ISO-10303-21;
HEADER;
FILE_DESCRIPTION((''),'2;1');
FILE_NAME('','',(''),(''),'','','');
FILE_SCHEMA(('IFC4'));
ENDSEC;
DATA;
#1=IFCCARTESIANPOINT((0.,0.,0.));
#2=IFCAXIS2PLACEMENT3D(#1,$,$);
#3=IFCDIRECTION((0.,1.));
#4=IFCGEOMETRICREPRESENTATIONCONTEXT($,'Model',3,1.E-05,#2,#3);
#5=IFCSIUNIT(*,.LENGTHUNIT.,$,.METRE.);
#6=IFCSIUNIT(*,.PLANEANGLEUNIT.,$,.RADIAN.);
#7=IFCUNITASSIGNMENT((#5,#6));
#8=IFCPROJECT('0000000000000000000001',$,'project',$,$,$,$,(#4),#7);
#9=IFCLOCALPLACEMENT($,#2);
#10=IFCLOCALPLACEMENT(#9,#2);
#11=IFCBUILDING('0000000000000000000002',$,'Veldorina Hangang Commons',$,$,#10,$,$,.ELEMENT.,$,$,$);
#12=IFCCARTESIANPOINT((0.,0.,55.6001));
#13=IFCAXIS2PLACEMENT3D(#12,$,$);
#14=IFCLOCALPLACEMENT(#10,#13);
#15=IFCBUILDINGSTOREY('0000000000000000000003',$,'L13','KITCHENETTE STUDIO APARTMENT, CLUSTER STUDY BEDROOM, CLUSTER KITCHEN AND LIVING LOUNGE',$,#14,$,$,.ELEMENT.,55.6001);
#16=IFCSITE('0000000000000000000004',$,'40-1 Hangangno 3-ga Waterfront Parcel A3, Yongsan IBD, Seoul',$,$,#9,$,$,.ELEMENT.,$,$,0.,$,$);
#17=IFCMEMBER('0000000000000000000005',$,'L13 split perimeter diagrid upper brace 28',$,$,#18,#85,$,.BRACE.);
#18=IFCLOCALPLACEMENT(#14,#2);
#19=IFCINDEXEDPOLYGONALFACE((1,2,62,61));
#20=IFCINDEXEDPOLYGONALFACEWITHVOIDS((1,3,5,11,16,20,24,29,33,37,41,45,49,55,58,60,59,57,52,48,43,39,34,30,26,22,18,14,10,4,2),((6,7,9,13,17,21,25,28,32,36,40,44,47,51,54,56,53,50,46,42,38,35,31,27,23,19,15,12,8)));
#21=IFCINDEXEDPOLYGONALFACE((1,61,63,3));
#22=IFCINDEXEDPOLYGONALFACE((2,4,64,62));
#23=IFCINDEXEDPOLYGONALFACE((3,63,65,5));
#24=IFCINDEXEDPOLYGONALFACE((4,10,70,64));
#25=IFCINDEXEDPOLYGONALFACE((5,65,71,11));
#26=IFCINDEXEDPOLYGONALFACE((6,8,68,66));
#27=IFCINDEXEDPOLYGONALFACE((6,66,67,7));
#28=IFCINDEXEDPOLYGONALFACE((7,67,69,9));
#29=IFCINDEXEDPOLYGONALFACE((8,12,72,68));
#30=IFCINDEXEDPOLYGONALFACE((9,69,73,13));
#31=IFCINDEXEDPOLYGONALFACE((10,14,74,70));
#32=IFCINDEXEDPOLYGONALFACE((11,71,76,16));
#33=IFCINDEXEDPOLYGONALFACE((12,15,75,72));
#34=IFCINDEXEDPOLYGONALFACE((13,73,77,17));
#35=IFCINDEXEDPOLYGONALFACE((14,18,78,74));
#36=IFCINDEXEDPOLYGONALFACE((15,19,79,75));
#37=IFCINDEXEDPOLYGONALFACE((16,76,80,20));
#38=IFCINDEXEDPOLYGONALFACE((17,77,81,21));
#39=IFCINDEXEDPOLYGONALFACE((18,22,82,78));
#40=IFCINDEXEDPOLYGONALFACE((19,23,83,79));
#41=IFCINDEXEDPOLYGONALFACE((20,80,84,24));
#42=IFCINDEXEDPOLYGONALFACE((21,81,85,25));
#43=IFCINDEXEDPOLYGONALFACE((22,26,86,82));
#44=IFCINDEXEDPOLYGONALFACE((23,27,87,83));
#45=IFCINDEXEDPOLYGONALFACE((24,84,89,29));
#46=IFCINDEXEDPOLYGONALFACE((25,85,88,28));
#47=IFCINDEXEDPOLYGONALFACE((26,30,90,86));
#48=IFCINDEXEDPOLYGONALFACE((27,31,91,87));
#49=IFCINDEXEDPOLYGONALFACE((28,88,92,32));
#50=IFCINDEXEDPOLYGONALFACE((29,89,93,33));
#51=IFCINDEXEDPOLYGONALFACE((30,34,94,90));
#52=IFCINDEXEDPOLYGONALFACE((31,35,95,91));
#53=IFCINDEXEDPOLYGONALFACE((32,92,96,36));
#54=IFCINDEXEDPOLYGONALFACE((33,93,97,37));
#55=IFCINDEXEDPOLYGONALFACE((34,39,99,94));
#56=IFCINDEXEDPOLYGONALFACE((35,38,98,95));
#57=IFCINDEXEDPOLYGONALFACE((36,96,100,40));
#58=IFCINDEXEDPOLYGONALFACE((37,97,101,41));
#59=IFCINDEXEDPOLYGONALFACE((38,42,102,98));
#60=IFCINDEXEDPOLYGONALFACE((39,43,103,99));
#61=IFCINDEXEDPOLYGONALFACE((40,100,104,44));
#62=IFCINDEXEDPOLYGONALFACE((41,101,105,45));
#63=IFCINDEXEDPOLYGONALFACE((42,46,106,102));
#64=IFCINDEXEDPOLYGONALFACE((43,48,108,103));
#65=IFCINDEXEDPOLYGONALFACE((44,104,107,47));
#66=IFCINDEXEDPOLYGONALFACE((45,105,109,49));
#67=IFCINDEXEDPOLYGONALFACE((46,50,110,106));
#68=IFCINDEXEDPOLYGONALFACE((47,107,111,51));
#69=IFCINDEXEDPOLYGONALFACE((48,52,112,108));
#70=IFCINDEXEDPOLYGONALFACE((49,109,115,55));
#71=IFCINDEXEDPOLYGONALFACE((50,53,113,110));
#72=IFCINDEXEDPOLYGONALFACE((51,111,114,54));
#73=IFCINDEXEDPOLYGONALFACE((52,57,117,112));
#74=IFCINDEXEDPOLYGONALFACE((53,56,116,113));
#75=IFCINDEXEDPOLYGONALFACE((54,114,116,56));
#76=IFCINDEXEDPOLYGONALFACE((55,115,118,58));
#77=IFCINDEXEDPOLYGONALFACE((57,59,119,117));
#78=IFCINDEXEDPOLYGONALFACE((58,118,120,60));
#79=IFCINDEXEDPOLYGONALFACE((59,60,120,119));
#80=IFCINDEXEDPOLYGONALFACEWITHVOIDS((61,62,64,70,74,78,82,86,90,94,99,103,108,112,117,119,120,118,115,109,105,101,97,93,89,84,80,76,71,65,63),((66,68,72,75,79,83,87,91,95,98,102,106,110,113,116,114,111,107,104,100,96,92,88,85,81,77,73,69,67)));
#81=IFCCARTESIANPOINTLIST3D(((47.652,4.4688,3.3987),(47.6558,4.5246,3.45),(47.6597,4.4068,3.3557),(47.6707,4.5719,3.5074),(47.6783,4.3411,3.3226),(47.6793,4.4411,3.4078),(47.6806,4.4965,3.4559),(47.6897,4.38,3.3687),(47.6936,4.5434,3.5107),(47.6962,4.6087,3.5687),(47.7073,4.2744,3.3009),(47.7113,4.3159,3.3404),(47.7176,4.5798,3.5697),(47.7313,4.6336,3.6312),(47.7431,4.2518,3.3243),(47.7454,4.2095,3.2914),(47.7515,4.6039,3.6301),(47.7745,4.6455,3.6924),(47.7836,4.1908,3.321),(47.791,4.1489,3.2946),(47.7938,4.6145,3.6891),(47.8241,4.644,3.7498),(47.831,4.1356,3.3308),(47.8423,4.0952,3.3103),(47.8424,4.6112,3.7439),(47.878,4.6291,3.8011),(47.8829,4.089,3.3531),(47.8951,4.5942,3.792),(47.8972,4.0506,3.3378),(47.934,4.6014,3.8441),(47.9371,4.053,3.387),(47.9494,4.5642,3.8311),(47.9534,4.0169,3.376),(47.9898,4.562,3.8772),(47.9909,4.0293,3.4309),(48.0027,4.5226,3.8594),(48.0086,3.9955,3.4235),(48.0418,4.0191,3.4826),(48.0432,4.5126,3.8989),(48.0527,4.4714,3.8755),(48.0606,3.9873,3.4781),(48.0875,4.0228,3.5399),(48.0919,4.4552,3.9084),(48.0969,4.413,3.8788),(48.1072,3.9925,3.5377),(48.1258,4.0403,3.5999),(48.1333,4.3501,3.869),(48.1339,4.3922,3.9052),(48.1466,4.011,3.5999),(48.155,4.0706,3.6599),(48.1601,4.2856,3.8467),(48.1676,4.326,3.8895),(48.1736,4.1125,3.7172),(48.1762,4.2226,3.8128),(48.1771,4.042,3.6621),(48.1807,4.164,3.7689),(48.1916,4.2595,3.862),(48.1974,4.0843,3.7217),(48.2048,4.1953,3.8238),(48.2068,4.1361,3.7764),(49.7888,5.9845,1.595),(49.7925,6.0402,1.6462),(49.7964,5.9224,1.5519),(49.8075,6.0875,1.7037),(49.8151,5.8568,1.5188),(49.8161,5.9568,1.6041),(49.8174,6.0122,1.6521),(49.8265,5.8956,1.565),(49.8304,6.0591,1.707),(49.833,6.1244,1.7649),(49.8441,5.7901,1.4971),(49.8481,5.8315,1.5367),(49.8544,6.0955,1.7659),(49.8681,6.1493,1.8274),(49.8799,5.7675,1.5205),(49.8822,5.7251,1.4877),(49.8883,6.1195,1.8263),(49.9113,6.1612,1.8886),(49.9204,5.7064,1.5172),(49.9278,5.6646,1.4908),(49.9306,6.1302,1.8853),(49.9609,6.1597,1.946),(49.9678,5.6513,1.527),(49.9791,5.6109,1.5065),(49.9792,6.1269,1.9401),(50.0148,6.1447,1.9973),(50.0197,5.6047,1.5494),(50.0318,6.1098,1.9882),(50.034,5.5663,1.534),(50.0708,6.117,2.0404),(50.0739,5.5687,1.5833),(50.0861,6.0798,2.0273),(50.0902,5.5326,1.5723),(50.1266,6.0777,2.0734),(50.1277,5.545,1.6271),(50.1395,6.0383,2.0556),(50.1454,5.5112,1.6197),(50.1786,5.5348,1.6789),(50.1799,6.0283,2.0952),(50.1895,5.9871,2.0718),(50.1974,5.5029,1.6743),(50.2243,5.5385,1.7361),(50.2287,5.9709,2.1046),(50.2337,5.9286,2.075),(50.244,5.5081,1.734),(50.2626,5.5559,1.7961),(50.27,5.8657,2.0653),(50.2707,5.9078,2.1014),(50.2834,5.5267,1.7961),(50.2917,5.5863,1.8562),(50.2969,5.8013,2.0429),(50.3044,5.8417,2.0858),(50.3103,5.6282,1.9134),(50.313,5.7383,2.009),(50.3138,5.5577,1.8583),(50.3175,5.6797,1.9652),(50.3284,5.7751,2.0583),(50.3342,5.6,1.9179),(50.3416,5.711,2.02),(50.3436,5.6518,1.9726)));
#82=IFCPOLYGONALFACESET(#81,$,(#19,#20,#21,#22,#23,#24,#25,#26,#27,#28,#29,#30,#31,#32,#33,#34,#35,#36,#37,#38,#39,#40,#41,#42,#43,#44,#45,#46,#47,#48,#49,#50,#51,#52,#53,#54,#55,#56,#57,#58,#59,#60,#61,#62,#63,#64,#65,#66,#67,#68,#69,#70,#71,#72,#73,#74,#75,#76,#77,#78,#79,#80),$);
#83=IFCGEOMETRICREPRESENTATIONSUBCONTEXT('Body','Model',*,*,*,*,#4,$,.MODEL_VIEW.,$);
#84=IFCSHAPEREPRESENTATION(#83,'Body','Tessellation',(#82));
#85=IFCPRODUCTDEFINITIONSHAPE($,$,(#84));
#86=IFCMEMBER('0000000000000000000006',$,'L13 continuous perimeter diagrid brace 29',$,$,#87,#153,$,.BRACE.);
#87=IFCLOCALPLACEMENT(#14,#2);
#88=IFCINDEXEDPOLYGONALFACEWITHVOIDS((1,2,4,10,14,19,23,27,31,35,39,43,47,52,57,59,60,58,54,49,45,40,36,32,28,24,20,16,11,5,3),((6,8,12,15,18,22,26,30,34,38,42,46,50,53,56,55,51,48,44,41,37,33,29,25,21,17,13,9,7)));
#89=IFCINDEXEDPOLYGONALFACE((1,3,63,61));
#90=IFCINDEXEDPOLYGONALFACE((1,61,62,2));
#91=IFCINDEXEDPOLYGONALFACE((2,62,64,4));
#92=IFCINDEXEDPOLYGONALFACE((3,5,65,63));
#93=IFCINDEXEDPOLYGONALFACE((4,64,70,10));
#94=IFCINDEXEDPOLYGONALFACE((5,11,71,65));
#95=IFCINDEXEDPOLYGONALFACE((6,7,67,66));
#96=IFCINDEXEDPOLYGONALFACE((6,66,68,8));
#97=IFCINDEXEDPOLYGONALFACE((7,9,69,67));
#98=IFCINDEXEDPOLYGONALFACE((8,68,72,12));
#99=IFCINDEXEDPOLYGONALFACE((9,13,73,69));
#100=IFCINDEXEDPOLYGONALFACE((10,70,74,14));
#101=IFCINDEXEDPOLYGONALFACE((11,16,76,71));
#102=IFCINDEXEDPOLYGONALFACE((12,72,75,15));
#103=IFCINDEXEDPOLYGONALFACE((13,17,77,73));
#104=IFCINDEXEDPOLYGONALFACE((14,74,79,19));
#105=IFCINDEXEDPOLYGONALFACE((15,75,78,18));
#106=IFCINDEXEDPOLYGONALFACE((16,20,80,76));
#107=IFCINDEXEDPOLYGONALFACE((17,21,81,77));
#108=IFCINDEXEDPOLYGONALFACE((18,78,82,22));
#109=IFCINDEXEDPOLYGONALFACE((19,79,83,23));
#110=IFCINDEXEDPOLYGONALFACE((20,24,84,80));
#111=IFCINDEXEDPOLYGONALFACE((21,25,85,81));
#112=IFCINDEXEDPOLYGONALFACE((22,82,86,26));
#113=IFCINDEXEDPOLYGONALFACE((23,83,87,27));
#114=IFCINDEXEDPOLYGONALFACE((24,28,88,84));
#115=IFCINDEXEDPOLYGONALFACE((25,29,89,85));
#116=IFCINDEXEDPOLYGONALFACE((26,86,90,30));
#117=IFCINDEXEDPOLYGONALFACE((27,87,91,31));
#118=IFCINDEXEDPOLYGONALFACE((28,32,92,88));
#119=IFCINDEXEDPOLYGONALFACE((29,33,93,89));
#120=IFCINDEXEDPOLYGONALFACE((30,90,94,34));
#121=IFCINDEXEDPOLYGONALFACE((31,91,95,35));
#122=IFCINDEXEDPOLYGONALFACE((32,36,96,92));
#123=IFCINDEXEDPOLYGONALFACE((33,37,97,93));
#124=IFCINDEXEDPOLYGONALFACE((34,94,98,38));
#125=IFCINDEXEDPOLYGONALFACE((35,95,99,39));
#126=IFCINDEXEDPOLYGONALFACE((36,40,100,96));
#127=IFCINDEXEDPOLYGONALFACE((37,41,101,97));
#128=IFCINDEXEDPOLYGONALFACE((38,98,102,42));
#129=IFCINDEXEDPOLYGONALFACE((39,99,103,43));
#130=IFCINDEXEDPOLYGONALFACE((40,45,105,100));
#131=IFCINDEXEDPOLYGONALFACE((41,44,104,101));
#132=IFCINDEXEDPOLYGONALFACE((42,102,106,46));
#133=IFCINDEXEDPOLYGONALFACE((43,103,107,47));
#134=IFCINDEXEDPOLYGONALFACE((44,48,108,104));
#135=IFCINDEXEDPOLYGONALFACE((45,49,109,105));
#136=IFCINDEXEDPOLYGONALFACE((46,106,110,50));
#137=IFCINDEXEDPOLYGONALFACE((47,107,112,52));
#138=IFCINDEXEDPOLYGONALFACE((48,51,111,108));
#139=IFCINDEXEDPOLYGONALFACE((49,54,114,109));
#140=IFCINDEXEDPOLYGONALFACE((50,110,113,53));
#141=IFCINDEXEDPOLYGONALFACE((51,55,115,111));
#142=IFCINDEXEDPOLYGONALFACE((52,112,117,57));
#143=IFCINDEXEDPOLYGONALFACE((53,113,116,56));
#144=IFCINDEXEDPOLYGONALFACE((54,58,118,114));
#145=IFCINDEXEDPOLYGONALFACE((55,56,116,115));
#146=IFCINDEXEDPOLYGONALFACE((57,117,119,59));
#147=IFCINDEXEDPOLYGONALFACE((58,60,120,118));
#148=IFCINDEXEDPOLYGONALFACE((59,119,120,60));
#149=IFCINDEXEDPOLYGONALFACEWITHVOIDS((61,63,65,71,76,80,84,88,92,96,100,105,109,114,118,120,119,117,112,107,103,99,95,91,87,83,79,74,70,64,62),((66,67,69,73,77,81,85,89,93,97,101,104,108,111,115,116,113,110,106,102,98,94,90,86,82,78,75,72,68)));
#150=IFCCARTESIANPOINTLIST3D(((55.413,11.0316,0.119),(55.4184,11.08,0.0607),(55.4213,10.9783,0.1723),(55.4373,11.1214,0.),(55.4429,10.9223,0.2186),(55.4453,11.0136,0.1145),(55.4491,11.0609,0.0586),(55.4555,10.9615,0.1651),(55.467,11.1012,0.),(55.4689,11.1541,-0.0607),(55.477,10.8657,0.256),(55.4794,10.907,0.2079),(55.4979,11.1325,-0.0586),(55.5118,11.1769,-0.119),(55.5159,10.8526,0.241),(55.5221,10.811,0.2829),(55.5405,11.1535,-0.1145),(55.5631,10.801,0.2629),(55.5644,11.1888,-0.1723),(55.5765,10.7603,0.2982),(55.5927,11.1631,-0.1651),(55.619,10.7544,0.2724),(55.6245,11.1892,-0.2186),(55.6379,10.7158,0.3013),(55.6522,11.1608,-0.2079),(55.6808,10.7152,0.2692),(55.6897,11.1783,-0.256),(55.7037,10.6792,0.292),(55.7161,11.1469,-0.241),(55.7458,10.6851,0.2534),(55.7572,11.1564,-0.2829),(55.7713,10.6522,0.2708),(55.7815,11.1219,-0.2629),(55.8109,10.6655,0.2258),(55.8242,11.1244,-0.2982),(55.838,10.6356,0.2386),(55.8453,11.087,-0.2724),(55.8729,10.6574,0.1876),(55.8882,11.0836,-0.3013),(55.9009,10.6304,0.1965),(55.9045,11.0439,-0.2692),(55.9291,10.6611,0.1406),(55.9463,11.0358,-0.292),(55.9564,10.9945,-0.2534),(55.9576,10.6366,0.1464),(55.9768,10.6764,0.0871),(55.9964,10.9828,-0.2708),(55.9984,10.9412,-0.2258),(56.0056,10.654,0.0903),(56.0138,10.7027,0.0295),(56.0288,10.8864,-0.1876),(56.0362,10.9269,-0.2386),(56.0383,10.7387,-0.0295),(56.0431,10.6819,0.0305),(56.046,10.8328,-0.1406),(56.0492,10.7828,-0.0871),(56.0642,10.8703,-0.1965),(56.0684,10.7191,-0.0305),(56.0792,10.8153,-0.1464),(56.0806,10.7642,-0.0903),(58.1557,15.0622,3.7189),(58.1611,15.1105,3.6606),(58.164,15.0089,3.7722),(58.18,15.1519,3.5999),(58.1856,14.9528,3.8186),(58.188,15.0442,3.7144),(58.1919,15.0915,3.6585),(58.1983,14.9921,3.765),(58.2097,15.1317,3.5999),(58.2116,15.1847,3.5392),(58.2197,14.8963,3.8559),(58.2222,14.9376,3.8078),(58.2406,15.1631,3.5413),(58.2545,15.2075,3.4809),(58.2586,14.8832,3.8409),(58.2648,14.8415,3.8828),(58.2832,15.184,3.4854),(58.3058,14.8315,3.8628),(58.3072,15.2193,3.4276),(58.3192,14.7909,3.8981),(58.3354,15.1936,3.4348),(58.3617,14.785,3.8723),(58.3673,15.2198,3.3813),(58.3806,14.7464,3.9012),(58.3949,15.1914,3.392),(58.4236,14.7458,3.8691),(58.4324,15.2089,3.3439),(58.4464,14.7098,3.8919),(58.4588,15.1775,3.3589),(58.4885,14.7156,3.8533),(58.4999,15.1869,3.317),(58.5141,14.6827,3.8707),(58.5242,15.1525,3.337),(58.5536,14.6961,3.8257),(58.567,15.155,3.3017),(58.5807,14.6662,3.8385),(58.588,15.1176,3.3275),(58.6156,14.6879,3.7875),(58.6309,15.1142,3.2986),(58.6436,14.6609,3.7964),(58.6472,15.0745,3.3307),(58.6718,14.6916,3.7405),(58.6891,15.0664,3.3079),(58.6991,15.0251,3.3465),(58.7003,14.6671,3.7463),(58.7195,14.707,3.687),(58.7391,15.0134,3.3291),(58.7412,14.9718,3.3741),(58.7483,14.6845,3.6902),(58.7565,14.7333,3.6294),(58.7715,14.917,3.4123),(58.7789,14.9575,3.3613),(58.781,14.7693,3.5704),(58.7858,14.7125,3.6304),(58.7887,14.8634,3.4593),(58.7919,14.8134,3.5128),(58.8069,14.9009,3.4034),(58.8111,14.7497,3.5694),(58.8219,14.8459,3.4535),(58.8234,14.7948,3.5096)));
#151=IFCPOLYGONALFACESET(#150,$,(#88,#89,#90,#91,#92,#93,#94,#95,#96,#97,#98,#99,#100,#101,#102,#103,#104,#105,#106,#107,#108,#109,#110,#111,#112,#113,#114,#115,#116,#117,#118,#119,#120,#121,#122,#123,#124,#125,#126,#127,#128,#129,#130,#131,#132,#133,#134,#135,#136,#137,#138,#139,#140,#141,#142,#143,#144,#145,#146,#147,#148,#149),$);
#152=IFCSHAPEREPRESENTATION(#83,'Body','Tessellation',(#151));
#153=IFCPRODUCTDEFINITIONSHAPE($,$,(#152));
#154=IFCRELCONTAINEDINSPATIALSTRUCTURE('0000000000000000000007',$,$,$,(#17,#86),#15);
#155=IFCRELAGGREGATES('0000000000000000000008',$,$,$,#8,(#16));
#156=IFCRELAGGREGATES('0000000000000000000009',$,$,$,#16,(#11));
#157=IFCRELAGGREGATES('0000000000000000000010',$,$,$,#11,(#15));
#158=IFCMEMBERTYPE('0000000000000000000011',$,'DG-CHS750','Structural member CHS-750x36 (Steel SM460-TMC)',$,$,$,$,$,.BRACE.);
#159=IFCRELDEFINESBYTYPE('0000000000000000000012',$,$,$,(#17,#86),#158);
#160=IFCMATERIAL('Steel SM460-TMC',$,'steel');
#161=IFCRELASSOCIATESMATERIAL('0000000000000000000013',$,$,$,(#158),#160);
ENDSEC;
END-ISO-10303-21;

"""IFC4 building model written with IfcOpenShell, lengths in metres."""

from ifc_helpers import new_model, si_unit, direction, frame, origin, origin_2d, place, context, subcontext, project, spatial, hollow_circle, extrude, material, material_profile, profile_set, type_object, element, save


model = new_model("IFC4")

# Units and contexts
model_context = context("Model", 3, precision=1e-05, world=origin(), true_north=direction((0.0, 1.0)))
body_context = subcontext(model_context, "Body", "Model", "MODEL_VIEW")
ifc_project = project(units=[si_unit("LENGTHUNIT", "METRE"), si_unit("PLANEANGLEUNIT", "RADIAN")], contexts=[model_context])

# Site, building, storey
site_placement = place(None, origin())
site = spatial("IfcSite", under=ifc_project, at=site_placement, Name="40-1 Hangangno 3-ga Waterfront Parcel A3, Yongsan IBD, Seoul", CompositionType="ELEMENT", RefElevation=0.0)
building_placement = place(site_placement, origin())
building = spatial("IfcBuilding", under=site, at=building_placement, Name="Veldorina Hangang Commons", CompositionType="ELEMENT")
storey_placement = place(building_placement, frame((0.0, 0.0, 55.6001)))
storey = spatial("IfcBuildingStorey", under=building, at=storey_placement, Name="L13", Description="KITCHENETTE STUDIO APARTMENT, CLUSTER STUDY BEDROOM, CLUSTER KITCHEN AND LIVING LOUNGE", CompositionType="ELEMENT", Elevation=55.6001)

# Shared definitions
ifc_material_1 = material(Name="Steel SM460-TMC", Category="steel")

# Members
ifc_material_profile_1 = material_profile(ifc_material_1, hollow_circle(Radius=0.375, WallThickness=0.0359, at=origin_2d()), Name="CHS-750x36")
ifc_profile_set_1 = profile_set([ifc_material_profile_1], Name="Steel SM460-TMC")
member_type_1 = type_object("IfcMemberType", Name="DG-CHS750", Description="Structural member CHS-750x36 (Steel SM460-TMC)", PredefinedType="BRACE", material=ifc_profile_set_1)
member_1_placement = place(storey_placement, frame((50.0664, 5.8325, 1.7961), z_axis=(-0.671803, -0.476525, 0.567102), x_axis=(0.578555, -0.815643, 0.0)))
element("IfcMember", 1, at=member_1_placement, inside=storey, type_object=member_type_1, Name="L13 split perimeter diagrid upper brace 28", PredefinedType="BRACE", context=body_context, shape_type="SweptSolid", body=[
    extrude(hollow_circle(Radius=0.375, WallThickness=0.0359, at=origin_2d()), origin(), (0.0, 0.0, 1.0), 3.1807),
])
member_2_placement = place(storey_placement, frame((55.7473, 10.9104, 0.0), z_axis=(0.45257, 0.665078, 0.594013), x_axis=(-0.826743, 0.56258, 0.0)))
element("IfcMember", 2, at=member_2_placement, inside=storey, type_object=member_type_1, Name="L13 continuous perimeter diagrid brace 29", PredefinedType="BRACE", context=body_context, shape_type="SweptSolid", body=[
    extrude(hollow_circle(Radius=0.375, WallThickness=0.0359, at=origin_2d()), origin(), (0.0, 0.0, 1.0), 6.0603),
])

save(model, "model.ifc")
